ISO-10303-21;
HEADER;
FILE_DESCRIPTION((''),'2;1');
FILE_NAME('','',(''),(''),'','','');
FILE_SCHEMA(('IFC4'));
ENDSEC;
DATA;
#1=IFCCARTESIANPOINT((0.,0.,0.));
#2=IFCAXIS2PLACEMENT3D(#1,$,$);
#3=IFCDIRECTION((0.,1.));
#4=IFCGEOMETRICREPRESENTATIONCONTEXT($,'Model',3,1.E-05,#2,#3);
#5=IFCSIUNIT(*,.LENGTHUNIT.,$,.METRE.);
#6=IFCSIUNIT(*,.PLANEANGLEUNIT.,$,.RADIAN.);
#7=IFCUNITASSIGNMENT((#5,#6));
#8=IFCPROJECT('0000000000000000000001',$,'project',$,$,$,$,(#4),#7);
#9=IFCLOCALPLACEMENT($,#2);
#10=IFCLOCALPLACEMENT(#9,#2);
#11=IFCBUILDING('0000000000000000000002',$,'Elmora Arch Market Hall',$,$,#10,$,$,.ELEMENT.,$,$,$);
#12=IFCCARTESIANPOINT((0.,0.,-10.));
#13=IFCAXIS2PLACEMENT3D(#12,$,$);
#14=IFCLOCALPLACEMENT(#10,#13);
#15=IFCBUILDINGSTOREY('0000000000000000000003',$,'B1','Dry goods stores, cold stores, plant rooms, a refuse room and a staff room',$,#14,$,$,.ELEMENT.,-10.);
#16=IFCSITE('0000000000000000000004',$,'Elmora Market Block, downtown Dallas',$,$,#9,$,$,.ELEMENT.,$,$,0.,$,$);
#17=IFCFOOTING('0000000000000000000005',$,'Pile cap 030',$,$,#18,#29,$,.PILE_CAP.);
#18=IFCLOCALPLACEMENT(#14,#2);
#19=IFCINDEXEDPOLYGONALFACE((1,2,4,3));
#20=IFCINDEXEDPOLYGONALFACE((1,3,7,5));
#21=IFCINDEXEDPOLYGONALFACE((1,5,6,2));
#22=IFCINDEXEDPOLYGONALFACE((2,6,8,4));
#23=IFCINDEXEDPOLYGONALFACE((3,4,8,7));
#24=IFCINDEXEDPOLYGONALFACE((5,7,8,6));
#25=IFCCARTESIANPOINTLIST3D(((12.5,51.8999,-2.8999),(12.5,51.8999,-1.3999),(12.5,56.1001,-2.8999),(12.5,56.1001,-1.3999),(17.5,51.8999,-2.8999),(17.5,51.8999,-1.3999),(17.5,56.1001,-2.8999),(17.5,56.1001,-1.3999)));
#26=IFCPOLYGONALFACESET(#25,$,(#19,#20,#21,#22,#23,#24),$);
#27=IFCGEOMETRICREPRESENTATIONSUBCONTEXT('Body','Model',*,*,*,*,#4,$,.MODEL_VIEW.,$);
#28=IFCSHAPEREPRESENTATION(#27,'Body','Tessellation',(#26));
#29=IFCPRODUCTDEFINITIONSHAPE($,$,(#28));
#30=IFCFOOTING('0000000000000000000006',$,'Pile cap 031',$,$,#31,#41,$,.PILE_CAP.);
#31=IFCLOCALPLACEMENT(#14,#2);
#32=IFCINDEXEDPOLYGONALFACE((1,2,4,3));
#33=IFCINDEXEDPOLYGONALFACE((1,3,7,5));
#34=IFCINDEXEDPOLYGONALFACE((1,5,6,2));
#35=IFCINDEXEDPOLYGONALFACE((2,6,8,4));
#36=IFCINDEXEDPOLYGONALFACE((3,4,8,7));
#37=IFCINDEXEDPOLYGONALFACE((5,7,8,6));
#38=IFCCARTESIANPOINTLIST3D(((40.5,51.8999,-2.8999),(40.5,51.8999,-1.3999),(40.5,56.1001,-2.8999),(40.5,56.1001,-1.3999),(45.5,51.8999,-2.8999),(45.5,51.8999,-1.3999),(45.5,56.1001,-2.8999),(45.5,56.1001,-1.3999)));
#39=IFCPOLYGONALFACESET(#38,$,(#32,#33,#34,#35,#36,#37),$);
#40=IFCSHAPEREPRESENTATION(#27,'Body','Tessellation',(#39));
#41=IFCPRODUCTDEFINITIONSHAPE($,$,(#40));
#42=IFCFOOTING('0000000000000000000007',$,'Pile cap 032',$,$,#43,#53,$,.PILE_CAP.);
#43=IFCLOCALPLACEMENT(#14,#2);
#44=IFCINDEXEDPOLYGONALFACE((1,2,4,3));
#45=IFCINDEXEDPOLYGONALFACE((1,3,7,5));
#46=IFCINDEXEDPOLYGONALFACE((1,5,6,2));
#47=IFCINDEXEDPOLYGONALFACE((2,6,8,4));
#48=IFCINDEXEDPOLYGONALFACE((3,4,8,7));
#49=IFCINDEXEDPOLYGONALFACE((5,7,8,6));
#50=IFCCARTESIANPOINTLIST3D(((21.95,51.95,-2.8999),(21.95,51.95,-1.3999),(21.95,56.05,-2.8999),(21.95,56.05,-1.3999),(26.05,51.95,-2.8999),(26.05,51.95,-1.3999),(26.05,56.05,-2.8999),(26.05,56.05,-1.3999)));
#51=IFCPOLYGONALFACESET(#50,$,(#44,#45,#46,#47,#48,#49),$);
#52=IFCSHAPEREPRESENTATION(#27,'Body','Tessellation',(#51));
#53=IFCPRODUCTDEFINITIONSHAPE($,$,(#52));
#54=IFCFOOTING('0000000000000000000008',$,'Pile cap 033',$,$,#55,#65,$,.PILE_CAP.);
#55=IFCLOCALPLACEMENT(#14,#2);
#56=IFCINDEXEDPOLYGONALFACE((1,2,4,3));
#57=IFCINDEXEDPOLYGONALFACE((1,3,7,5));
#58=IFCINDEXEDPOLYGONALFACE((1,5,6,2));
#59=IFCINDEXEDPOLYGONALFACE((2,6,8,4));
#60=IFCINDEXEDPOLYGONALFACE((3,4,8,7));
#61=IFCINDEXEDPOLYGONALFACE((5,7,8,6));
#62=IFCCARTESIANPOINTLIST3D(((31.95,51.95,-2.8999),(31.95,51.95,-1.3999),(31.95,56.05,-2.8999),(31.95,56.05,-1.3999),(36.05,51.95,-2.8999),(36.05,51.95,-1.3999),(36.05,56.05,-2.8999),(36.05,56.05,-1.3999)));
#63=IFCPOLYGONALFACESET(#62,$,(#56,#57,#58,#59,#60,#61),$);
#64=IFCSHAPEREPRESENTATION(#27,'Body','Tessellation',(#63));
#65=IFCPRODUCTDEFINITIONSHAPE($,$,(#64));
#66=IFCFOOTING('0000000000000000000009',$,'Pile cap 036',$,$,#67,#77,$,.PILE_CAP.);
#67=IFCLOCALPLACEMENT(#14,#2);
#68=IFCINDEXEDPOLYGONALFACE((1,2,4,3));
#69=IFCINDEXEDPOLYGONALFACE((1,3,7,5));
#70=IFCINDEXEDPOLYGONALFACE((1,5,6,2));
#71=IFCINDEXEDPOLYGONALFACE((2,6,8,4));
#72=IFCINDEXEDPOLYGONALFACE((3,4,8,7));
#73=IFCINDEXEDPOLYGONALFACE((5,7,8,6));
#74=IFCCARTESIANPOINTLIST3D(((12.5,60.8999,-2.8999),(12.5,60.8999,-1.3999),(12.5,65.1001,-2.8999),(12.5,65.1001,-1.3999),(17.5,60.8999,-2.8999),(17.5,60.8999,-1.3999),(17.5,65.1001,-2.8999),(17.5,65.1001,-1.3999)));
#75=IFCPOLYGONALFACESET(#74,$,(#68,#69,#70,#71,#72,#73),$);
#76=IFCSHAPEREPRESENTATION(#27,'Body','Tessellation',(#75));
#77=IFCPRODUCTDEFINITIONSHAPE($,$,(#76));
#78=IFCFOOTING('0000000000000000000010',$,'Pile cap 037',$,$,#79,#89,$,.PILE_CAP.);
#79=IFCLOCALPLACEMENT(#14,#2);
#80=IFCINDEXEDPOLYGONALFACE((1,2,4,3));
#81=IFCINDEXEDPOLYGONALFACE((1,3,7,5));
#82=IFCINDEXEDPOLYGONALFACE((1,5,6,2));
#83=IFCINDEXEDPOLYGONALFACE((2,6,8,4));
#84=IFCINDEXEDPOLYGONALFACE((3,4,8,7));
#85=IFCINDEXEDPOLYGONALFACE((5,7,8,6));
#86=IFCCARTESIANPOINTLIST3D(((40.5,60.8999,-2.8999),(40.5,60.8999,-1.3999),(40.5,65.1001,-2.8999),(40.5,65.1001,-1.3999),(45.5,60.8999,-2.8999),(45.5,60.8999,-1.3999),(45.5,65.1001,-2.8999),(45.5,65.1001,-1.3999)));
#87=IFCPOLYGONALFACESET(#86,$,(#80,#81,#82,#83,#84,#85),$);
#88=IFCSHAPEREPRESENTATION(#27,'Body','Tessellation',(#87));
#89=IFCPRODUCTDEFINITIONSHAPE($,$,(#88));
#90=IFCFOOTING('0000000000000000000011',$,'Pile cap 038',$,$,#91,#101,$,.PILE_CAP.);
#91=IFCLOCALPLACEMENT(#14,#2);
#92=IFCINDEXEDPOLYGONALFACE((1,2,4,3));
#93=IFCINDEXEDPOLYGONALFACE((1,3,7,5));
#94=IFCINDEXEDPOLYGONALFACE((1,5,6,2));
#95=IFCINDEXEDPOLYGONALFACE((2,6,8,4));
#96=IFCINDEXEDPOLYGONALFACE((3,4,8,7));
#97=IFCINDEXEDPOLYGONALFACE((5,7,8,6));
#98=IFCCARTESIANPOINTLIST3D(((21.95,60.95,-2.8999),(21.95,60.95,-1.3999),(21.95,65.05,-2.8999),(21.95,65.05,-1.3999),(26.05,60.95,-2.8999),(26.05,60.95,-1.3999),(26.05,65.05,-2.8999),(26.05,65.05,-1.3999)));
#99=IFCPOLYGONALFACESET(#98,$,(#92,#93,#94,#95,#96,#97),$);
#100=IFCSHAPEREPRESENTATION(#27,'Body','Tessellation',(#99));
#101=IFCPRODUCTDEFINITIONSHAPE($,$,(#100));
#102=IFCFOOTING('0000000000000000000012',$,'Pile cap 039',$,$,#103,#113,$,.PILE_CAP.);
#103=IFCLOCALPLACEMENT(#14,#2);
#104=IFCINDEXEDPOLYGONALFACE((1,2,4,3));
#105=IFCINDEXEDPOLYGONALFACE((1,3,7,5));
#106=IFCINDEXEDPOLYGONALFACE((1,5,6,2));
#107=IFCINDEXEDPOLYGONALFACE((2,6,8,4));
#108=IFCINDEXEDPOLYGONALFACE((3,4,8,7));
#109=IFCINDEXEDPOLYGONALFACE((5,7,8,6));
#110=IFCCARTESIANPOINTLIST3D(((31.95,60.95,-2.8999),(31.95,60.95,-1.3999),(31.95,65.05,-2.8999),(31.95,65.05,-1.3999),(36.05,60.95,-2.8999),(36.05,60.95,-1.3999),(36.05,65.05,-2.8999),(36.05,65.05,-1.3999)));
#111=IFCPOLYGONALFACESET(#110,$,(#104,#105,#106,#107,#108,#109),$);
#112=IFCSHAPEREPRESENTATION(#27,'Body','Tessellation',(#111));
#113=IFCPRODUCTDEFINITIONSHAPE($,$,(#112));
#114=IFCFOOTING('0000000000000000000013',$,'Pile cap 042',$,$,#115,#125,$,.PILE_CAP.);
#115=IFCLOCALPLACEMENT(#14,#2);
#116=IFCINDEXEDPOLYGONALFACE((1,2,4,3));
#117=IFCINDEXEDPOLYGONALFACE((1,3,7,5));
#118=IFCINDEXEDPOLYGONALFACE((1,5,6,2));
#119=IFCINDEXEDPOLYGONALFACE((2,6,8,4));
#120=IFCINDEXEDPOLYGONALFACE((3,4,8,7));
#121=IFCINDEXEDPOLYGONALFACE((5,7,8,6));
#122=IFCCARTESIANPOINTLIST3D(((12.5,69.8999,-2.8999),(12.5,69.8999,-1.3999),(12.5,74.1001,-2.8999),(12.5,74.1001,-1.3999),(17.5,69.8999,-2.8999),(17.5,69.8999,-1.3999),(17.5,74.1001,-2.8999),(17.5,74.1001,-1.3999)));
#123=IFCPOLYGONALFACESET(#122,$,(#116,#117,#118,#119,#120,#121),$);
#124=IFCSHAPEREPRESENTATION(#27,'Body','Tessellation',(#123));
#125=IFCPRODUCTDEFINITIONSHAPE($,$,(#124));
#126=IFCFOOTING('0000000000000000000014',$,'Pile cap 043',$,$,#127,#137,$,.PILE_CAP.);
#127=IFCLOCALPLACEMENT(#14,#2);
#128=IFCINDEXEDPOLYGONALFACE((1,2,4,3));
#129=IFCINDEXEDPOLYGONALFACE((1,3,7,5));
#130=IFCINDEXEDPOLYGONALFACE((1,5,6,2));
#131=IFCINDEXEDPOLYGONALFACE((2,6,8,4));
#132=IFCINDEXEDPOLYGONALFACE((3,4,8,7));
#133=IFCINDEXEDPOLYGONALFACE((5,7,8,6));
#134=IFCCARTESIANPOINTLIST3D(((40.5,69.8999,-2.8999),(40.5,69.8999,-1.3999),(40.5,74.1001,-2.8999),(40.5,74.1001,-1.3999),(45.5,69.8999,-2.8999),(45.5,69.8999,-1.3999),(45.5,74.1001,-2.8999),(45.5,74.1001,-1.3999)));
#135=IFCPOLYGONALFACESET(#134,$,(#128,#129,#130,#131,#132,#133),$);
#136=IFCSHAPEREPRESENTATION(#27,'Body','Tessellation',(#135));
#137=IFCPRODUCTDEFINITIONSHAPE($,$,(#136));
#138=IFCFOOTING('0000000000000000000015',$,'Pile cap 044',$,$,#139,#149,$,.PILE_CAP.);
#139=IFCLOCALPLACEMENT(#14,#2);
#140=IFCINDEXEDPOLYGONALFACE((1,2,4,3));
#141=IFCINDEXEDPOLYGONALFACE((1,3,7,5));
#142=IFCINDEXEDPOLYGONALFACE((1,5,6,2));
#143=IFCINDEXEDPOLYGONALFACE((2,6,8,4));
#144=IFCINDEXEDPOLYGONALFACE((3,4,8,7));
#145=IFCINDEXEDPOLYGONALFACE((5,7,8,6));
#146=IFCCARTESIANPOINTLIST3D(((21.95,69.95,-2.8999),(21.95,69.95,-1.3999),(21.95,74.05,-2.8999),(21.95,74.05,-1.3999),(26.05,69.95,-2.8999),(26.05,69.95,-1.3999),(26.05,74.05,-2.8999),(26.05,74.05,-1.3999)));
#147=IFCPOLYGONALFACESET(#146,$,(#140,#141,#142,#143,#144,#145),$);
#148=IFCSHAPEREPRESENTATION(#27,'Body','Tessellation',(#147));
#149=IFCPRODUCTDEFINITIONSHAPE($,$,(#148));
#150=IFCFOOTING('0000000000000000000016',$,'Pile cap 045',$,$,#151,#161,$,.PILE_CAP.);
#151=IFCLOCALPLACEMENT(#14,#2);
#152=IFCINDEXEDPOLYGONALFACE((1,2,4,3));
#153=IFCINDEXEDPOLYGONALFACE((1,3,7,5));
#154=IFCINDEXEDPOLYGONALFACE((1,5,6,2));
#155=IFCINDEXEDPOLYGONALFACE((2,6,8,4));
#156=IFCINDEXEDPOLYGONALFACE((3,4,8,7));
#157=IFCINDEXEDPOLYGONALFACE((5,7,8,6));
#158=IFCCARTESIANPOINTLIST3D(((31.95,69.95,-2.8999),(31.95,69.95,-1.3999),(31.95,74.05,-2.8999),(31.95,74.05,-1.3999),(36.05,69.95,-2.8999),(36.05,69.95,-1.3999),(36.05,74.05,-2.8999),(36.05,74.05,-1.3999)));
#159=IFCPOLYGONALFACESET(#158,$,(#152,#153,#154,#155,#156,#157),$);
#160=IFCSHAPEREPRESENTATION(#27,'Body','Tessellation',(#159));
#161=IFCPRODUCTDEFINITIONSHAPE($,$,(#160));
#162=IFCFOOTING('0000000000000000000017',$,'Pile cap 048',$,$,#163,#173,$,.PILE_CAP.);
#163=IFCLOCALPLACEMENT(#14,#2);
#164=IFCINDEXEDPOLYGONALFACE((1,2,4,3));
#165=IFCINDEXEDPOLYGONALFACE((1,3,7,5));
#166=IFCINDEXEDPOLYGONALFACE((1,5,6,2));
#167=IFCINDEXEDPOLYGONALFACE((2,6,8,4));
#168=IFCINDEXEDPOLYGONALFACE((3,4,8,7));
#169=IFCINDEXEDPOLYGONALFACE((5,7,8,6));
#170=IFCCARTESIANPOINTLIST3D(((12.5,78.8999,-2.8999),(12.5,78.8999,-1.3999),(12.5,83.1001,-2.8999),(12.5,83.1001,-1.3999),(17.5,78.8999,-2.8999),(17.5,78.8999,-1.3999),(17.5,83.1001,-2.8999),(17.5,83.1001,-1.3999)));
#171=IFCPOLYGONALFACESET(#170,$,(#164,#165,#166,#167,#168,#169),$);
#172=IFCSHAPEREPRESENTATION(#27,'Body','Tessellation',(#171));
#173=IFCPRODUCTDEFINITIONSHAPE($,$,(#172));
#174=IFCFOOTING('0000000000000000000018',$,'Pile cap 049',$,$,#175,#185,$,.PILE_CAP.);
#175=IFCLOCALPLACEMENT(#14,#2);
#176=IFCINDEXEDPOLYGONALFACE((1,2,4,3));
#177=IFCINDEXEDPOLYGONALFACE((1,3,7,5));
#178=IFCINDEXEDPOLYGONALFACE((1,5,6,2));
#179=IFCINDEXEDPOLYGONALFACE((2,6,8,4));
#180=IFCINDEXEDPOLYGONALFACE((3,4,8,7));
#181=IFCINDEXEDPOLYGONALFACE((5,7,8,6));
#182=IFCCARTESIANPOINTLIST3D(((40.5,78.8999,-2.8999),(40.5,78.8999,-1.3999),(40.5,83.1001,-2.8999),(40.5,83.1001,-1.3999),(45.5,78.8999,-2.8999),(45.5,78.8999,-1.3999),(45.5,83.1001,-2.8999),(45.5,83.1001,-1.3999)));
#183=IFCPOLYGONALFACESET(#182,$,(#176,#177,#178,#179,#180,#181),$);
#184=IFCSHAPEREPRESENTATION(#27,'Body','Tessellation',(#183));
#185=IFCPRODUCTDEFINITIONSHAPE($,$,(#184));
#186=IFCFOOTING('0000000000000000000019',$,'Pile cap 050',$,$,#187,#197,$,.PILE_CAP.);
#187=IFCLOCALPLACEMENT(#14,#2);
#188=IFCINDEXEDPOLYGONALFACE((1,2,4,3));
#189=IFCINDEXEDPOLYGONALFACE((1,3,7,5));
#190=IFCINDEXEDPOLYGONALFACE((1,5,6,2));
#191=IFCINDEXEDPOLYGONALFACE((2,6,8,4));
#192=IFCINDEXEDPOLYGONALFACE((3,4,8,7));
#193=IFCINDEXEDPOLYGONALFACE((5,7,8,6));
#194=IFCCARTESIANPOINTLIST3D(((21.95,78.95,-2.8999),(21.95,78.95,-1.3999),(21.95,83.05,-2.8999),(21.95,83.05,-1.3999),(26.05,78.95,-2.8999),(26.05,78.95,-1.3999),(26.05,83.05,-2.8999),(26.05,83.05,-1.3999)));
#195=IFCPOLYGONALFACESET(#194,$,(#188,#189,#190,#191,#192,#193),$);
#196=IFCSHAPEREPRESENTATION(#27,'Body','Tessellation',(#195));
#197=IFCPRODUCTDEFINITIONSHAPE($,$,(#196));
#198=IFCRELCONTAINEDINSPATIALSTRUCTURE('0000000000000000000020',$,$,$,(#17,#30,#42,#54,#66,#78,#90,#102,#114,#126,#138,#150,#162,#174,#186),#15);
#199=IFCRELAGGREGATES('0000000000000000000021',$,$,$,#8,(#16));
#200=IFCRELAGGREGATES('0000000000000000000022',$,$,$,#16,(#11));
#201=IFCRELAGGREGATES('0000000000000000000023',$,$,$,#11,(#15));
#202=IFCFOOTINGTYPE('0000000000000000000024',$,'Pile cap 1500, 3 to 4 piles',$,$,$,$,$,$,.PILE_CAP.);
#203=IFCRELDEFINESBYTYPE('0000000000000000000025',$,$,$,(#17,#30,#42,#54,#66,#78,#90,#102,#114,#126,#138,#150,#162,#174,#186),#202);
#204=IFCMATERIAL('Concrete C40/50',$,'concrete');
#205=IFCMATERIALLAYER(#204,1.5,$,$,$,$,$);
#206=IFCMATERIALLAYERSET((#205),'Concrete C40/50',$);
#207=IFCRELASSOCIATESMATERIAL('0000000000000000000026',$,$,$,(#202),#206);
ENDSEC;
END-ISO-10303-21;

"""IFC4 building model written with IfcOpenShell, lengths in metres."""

from ifc_helpers import new_model, si_unit, direction, frame, origin, place, context, subcontext, project, spatial, polyline, outline, extrude, material, layer, layer_set, type_object, element, save


model = new_model("IFC4")

# Units and contexts
model_context = context("Model", 3, precision=1e-05, world=origin(), true_north=direction((0.0, 1.0)))
body_context = subcontext(model_context, "Body", "Model", "MODEL_VIEW")
ifc_project = project(units=[si_unit("LENGTHUNIT", "METRE"), si_unit("PLANEANGLEUNIT", "RADIAN")], contexts=[model_context])

# Site, building, storey
site_placement = place(None, origin())
site = spatial("IfcSite", under=ifc_project, at=site_placement, Name="Elmora Market Block, downtown Dallas", CompositionType="ELEMENT", RefElevation=0.0)
building_placement = place(site_placement, origin())
building = spatial("IfcBuilding", under=site, at=building_placement, Name="Elmora Arch Market Hall", CompositionType="ELEMENT")
storey_placement = place(building_placement, frame((0.0, 0.0, -10.0)))
storey = spatial("IfcBuildingStorey", under=building, at=storey_placement, Name="B1", Description="Dry goods stores, cold stores, plant rooms, a refuse room and a staff room", CompositionType="ELEMENT", Elevation=-10.0)

# Footings
ifc_material_1 = material(Name="Concrete C40/50", Category="concrete")
ifc_layer_1 = layer(ifc_material_1, 1.5)
ifc_layer_set_1 = layer_set([ifc_layer_1], Name="Concrete C40/50")
footing_type_1 = type_object("IfcFootingType", Name="Pile cap 1500, 3 to 4 piles", PredefinedType="PILE_CAP", material=ifc_layer_set_1)
footing_1_placement = place(storey_placement, frame((0.0, 0.0, -2.8999)))
element("IfcFooting", 1, at=footing_1_placement, inside=storey, type_object=footing_type_1, Name="Pile cap 030", PredefinedType="PILE_CAP", context=body_context, shape_type="SweptSolid", body=[
    extrude(outline(polyline([(17.5, 56.1001), (17.5, 51.8999), (12.5, 51.8999), (12.5, 56.1001), (17.5, 56.1001)])), origin(), (0.0, 0.0, 1.0), 1.5),
])
footing_2_placement = place(storey_placement, frame((0.0, 0.0, -2.8999)))
element("IfcFooting", 2, at=footing_2_placement, inside=storey, type_object=footing_type_1, Name="Pile cap 031", PredefinedType="PILE_CAP", context=body_context, shape_type="SweptSolid", body=[
    extrude(outline(polyline([(45.5, 51.8999), (40.5, 51.8999), (40.5, 56.1001), (45.5, 56.1001), (45.5, 51.8999)])), origin(), (0.0, 0.0, 1.0), 1.5),
])
footing_3_placement = place(storey_placement, frame((0.0, 0.0, -2.8999)))
element("IfcFooting", 3, at=footing_3_placement, inside=storey, type_object=footing_type_1, Name="Pile cap 032", PredefinedType="PILE_CAP", context=body_context, shape_type="SweptSolid", body=[
    extrude(outline(polyline([(26.05, 51.95), (21.95, 51.95), (21.95, 56.05), (26.05, 56.05), (26.05, 51.95)])), origin(), (0.0, 0.0, 1.0), 1.5),
])
footing_4_placement = place(storey_placement, frame((0.0, 0.0, -2.8999)))
element("IfcFooting", 4, at=footing_4_placement, inside=storey, type_object=footing_type_1, Name="Pile cap 033", PredefinedType="PILE_CAP", context=body_context, shape_type="SweptSolid", body=[
    extrude(outline(polyline([(36.05, 51.95), (31.95, 51.95), (31.95, 56.05), (36.05, 56.05), (36.05, 51.95)])), origin(), (0.0, 0.0, 1.0), 1.5),
])
footing_5_placement = place(storey_placement, frame((0.0, 0.0, -2.8999)))
element("IfcFooting", 5, at=footing_5_placement, inside=storey, type_object=footing_type_1, Name="Pile cap 036", PredefinedType="PILE_CAP", context=body_context, shape_type="SweptSolid", body=[
    extrude(outline(polyline([(17.5, 60.8999), (12.5, 60.8999), (12.5, 65.1001), (17.5, 65.1001), (17.5, 60.8999)])), origin(), (0.0, 0.0, 1.0), 1.5),
])
footing_6_placement = place(storey_placement, frame((0.0, 0.0, -2.8999)))
element("IfcFooting", 6, at=footing_6_placement, inside=storey, type_object=footing_type_1, Name="Pile cap 037", PredefinedType="PILE_CAP", context=body_context, shape_type="SweptSolid", body=[
    extrude(outline(polyline([(45.5, 60.8999), (40.5, 60.8999), (40.5, 65.1001), (45.5, 65.1001), (45.5, 60.8999)])), origin(), (0.0, 0.0, 1.0), 1.5),
])
footing_7_placement = place(storey_placement, frame((0.0, 0.0, -2.8999)))
element("IfcFooting", 7, at=footing_7_placement, inside=storey, type_object=footing_type_1, Name="Pile cap 038", PredefinedType="PILE_CAP", context=body_context, shape_type="SweptSolid", body=[
    extrude(outline(polyline([(26.05, 60.95), (21.95, 60.95), (21.95, 65.05), (26.05, 65.05), (26.05, 60.95)])), origin(), (0.0, 0.0, 1.0), 1.5),
])
footing_8_placement = place(storey_placement, frame((0.0, 0.0, -2.8999)))
element("IfcFooting", 8, at=footing_8_placement, inside=storey, type_object=footing_type_1, Name="Pile cap 039", PredefinedType="PILE_CAP", context=body_context, shape_type="SweptSolid", body=[
    extrude(outline(polyline([(36.05, 60.95), (31.95, 60.95), (31.95, 65.05), (36.05, 65.05), (36.05, 60.95)])), origin(), (0.0, 0.0, 1.0), 1.5),
])
footing_9_placement = place(storey_placement, frame((0.0, 0.0, -2.8999)))
element("IfcFooting", 9, at=footing_9_placement, inside=storey, type_object=footing_type_1, Name="Pile cap 042", PredefinedType="PILE_CAP", context=body_context, shape_type="SweptSolid", body=[
    extrude(outline(polyline([(17.5, 69.8999), (12.5, 69.8999), (12.5, 74.1001), (17.5, 74.1001), (17.5, 69.8999)])), origin(), (0.0, 0.0, 1.0), 1.5),
])
footing_10_placement = place(storey_placement, frame((0.0, 0.0, -2.8999)))
element("IfcFooting", 10, at=footing_10_placement, inside=storey, type_object=footing_type_1, Name="Pile cap 043", PredefinedType="PILE_CAP", context=body_context, shape_type="SweptSolid", body=[
    extrude(outline(polyline([(45.5, 69.8999), (40.5, 69.8999), (40.5, 74.1001), (45.5, 74.1001), (45.5, 69.8999)])), origin(), (0.0, 0.0, 1.0), 1.5),
])
footing_11_placement = place(storey_placement, frame((0.0, 0.0, -2.8999)))
element("IfcFooting", 11, at=footing_11_placement, inside=storey, type_object=footing_type_1, Name="Pile cap 044", PredefinedType="PILE_CAP", context=body_context, shape_type="SweptSolid", body=[
    extrude(outline(polyline([(26.05, 69.95), (21.95, 69.95), (21.95, 74.05), (26.05, 74.05), (26.05, 69.95)])), origin(), (0.0, 0.0, 1.0), 1.5),
])
footing_12_placement = place(storey_placement, frame((0.0, 0.0, -2.8999)))
element("IfcFooting", 12, at=footing_12_placement, inside=storey, type_object=footing_type_1, Name="Pile cap 045", PredefinedType="PILE_CAP", context=body_context, shape_type="SweptSolid", body=[
    extrude(outline(polyline([(36.05, 69.95), (31.95, 69.95), (31.95, 74.05), (36.05, 74.05), (36.05, 69.95)])), origin(), (0.0, 0.0, 1.0), 1.5),
])
footing_13_placement = place(storey_placement, frame((0.0, 0.0, -2.8999)))
element("IfcFooting", 13, at=footing_13_placement, inside=storey, type_object=footing_type_1, Name="Pile cap 048", PredefinedType="PILE_CAP", context=body_context, shape_type="SweptSolid", body=[
    extrude(outline(polyline([(17.5, 78.8999), (12.5, 78.8999), (12.5, 83.1001), (17.5, 83.1001), (17.5, 78.8999)])), origin(), (0.0, 0.0, 1.0), 1.5),
])
footing_14_placement = place(storey_placement, frame((0.0, 0.0, -2.8999)))
element("IfcFooting", 14, at=footing_14_placement, inside=storey, type_object=footing_type_1, Name="Pile cap 049", PredefinedType="PILE_CAP", context=body_context, shape_type="SweptSolid", body=[
    extrude(outline(polyline([(45.5, 78.8999), (40.5, 78.8999), (40.5, 83.1001), (45.5, 83.1001), (45.5, 78.8999)])), origin(), (0.0, 0.0, 1.0), 1.5),
])
footing_15_placement = place(storey_placement, frame((0.0, 0.0, -2.8999)))
element("IfcFooting", 15, at=footing_15_placement, inside=storey, type_object=footing_type_1, Name="Pile cap 050", PredefinedType="PILE_CAP", context=body_context, shape_type="SweptSolid", body=[
    extrude(outline(polyline([(26.05, 78.95), (21.95, 78.95), (21.95, 83.05), (26.05, 83.05), (26.05, 78.95)])), origin(), (0.0, 0.0, 1.0), 1.5),
])

save(model, "model.ifc")
